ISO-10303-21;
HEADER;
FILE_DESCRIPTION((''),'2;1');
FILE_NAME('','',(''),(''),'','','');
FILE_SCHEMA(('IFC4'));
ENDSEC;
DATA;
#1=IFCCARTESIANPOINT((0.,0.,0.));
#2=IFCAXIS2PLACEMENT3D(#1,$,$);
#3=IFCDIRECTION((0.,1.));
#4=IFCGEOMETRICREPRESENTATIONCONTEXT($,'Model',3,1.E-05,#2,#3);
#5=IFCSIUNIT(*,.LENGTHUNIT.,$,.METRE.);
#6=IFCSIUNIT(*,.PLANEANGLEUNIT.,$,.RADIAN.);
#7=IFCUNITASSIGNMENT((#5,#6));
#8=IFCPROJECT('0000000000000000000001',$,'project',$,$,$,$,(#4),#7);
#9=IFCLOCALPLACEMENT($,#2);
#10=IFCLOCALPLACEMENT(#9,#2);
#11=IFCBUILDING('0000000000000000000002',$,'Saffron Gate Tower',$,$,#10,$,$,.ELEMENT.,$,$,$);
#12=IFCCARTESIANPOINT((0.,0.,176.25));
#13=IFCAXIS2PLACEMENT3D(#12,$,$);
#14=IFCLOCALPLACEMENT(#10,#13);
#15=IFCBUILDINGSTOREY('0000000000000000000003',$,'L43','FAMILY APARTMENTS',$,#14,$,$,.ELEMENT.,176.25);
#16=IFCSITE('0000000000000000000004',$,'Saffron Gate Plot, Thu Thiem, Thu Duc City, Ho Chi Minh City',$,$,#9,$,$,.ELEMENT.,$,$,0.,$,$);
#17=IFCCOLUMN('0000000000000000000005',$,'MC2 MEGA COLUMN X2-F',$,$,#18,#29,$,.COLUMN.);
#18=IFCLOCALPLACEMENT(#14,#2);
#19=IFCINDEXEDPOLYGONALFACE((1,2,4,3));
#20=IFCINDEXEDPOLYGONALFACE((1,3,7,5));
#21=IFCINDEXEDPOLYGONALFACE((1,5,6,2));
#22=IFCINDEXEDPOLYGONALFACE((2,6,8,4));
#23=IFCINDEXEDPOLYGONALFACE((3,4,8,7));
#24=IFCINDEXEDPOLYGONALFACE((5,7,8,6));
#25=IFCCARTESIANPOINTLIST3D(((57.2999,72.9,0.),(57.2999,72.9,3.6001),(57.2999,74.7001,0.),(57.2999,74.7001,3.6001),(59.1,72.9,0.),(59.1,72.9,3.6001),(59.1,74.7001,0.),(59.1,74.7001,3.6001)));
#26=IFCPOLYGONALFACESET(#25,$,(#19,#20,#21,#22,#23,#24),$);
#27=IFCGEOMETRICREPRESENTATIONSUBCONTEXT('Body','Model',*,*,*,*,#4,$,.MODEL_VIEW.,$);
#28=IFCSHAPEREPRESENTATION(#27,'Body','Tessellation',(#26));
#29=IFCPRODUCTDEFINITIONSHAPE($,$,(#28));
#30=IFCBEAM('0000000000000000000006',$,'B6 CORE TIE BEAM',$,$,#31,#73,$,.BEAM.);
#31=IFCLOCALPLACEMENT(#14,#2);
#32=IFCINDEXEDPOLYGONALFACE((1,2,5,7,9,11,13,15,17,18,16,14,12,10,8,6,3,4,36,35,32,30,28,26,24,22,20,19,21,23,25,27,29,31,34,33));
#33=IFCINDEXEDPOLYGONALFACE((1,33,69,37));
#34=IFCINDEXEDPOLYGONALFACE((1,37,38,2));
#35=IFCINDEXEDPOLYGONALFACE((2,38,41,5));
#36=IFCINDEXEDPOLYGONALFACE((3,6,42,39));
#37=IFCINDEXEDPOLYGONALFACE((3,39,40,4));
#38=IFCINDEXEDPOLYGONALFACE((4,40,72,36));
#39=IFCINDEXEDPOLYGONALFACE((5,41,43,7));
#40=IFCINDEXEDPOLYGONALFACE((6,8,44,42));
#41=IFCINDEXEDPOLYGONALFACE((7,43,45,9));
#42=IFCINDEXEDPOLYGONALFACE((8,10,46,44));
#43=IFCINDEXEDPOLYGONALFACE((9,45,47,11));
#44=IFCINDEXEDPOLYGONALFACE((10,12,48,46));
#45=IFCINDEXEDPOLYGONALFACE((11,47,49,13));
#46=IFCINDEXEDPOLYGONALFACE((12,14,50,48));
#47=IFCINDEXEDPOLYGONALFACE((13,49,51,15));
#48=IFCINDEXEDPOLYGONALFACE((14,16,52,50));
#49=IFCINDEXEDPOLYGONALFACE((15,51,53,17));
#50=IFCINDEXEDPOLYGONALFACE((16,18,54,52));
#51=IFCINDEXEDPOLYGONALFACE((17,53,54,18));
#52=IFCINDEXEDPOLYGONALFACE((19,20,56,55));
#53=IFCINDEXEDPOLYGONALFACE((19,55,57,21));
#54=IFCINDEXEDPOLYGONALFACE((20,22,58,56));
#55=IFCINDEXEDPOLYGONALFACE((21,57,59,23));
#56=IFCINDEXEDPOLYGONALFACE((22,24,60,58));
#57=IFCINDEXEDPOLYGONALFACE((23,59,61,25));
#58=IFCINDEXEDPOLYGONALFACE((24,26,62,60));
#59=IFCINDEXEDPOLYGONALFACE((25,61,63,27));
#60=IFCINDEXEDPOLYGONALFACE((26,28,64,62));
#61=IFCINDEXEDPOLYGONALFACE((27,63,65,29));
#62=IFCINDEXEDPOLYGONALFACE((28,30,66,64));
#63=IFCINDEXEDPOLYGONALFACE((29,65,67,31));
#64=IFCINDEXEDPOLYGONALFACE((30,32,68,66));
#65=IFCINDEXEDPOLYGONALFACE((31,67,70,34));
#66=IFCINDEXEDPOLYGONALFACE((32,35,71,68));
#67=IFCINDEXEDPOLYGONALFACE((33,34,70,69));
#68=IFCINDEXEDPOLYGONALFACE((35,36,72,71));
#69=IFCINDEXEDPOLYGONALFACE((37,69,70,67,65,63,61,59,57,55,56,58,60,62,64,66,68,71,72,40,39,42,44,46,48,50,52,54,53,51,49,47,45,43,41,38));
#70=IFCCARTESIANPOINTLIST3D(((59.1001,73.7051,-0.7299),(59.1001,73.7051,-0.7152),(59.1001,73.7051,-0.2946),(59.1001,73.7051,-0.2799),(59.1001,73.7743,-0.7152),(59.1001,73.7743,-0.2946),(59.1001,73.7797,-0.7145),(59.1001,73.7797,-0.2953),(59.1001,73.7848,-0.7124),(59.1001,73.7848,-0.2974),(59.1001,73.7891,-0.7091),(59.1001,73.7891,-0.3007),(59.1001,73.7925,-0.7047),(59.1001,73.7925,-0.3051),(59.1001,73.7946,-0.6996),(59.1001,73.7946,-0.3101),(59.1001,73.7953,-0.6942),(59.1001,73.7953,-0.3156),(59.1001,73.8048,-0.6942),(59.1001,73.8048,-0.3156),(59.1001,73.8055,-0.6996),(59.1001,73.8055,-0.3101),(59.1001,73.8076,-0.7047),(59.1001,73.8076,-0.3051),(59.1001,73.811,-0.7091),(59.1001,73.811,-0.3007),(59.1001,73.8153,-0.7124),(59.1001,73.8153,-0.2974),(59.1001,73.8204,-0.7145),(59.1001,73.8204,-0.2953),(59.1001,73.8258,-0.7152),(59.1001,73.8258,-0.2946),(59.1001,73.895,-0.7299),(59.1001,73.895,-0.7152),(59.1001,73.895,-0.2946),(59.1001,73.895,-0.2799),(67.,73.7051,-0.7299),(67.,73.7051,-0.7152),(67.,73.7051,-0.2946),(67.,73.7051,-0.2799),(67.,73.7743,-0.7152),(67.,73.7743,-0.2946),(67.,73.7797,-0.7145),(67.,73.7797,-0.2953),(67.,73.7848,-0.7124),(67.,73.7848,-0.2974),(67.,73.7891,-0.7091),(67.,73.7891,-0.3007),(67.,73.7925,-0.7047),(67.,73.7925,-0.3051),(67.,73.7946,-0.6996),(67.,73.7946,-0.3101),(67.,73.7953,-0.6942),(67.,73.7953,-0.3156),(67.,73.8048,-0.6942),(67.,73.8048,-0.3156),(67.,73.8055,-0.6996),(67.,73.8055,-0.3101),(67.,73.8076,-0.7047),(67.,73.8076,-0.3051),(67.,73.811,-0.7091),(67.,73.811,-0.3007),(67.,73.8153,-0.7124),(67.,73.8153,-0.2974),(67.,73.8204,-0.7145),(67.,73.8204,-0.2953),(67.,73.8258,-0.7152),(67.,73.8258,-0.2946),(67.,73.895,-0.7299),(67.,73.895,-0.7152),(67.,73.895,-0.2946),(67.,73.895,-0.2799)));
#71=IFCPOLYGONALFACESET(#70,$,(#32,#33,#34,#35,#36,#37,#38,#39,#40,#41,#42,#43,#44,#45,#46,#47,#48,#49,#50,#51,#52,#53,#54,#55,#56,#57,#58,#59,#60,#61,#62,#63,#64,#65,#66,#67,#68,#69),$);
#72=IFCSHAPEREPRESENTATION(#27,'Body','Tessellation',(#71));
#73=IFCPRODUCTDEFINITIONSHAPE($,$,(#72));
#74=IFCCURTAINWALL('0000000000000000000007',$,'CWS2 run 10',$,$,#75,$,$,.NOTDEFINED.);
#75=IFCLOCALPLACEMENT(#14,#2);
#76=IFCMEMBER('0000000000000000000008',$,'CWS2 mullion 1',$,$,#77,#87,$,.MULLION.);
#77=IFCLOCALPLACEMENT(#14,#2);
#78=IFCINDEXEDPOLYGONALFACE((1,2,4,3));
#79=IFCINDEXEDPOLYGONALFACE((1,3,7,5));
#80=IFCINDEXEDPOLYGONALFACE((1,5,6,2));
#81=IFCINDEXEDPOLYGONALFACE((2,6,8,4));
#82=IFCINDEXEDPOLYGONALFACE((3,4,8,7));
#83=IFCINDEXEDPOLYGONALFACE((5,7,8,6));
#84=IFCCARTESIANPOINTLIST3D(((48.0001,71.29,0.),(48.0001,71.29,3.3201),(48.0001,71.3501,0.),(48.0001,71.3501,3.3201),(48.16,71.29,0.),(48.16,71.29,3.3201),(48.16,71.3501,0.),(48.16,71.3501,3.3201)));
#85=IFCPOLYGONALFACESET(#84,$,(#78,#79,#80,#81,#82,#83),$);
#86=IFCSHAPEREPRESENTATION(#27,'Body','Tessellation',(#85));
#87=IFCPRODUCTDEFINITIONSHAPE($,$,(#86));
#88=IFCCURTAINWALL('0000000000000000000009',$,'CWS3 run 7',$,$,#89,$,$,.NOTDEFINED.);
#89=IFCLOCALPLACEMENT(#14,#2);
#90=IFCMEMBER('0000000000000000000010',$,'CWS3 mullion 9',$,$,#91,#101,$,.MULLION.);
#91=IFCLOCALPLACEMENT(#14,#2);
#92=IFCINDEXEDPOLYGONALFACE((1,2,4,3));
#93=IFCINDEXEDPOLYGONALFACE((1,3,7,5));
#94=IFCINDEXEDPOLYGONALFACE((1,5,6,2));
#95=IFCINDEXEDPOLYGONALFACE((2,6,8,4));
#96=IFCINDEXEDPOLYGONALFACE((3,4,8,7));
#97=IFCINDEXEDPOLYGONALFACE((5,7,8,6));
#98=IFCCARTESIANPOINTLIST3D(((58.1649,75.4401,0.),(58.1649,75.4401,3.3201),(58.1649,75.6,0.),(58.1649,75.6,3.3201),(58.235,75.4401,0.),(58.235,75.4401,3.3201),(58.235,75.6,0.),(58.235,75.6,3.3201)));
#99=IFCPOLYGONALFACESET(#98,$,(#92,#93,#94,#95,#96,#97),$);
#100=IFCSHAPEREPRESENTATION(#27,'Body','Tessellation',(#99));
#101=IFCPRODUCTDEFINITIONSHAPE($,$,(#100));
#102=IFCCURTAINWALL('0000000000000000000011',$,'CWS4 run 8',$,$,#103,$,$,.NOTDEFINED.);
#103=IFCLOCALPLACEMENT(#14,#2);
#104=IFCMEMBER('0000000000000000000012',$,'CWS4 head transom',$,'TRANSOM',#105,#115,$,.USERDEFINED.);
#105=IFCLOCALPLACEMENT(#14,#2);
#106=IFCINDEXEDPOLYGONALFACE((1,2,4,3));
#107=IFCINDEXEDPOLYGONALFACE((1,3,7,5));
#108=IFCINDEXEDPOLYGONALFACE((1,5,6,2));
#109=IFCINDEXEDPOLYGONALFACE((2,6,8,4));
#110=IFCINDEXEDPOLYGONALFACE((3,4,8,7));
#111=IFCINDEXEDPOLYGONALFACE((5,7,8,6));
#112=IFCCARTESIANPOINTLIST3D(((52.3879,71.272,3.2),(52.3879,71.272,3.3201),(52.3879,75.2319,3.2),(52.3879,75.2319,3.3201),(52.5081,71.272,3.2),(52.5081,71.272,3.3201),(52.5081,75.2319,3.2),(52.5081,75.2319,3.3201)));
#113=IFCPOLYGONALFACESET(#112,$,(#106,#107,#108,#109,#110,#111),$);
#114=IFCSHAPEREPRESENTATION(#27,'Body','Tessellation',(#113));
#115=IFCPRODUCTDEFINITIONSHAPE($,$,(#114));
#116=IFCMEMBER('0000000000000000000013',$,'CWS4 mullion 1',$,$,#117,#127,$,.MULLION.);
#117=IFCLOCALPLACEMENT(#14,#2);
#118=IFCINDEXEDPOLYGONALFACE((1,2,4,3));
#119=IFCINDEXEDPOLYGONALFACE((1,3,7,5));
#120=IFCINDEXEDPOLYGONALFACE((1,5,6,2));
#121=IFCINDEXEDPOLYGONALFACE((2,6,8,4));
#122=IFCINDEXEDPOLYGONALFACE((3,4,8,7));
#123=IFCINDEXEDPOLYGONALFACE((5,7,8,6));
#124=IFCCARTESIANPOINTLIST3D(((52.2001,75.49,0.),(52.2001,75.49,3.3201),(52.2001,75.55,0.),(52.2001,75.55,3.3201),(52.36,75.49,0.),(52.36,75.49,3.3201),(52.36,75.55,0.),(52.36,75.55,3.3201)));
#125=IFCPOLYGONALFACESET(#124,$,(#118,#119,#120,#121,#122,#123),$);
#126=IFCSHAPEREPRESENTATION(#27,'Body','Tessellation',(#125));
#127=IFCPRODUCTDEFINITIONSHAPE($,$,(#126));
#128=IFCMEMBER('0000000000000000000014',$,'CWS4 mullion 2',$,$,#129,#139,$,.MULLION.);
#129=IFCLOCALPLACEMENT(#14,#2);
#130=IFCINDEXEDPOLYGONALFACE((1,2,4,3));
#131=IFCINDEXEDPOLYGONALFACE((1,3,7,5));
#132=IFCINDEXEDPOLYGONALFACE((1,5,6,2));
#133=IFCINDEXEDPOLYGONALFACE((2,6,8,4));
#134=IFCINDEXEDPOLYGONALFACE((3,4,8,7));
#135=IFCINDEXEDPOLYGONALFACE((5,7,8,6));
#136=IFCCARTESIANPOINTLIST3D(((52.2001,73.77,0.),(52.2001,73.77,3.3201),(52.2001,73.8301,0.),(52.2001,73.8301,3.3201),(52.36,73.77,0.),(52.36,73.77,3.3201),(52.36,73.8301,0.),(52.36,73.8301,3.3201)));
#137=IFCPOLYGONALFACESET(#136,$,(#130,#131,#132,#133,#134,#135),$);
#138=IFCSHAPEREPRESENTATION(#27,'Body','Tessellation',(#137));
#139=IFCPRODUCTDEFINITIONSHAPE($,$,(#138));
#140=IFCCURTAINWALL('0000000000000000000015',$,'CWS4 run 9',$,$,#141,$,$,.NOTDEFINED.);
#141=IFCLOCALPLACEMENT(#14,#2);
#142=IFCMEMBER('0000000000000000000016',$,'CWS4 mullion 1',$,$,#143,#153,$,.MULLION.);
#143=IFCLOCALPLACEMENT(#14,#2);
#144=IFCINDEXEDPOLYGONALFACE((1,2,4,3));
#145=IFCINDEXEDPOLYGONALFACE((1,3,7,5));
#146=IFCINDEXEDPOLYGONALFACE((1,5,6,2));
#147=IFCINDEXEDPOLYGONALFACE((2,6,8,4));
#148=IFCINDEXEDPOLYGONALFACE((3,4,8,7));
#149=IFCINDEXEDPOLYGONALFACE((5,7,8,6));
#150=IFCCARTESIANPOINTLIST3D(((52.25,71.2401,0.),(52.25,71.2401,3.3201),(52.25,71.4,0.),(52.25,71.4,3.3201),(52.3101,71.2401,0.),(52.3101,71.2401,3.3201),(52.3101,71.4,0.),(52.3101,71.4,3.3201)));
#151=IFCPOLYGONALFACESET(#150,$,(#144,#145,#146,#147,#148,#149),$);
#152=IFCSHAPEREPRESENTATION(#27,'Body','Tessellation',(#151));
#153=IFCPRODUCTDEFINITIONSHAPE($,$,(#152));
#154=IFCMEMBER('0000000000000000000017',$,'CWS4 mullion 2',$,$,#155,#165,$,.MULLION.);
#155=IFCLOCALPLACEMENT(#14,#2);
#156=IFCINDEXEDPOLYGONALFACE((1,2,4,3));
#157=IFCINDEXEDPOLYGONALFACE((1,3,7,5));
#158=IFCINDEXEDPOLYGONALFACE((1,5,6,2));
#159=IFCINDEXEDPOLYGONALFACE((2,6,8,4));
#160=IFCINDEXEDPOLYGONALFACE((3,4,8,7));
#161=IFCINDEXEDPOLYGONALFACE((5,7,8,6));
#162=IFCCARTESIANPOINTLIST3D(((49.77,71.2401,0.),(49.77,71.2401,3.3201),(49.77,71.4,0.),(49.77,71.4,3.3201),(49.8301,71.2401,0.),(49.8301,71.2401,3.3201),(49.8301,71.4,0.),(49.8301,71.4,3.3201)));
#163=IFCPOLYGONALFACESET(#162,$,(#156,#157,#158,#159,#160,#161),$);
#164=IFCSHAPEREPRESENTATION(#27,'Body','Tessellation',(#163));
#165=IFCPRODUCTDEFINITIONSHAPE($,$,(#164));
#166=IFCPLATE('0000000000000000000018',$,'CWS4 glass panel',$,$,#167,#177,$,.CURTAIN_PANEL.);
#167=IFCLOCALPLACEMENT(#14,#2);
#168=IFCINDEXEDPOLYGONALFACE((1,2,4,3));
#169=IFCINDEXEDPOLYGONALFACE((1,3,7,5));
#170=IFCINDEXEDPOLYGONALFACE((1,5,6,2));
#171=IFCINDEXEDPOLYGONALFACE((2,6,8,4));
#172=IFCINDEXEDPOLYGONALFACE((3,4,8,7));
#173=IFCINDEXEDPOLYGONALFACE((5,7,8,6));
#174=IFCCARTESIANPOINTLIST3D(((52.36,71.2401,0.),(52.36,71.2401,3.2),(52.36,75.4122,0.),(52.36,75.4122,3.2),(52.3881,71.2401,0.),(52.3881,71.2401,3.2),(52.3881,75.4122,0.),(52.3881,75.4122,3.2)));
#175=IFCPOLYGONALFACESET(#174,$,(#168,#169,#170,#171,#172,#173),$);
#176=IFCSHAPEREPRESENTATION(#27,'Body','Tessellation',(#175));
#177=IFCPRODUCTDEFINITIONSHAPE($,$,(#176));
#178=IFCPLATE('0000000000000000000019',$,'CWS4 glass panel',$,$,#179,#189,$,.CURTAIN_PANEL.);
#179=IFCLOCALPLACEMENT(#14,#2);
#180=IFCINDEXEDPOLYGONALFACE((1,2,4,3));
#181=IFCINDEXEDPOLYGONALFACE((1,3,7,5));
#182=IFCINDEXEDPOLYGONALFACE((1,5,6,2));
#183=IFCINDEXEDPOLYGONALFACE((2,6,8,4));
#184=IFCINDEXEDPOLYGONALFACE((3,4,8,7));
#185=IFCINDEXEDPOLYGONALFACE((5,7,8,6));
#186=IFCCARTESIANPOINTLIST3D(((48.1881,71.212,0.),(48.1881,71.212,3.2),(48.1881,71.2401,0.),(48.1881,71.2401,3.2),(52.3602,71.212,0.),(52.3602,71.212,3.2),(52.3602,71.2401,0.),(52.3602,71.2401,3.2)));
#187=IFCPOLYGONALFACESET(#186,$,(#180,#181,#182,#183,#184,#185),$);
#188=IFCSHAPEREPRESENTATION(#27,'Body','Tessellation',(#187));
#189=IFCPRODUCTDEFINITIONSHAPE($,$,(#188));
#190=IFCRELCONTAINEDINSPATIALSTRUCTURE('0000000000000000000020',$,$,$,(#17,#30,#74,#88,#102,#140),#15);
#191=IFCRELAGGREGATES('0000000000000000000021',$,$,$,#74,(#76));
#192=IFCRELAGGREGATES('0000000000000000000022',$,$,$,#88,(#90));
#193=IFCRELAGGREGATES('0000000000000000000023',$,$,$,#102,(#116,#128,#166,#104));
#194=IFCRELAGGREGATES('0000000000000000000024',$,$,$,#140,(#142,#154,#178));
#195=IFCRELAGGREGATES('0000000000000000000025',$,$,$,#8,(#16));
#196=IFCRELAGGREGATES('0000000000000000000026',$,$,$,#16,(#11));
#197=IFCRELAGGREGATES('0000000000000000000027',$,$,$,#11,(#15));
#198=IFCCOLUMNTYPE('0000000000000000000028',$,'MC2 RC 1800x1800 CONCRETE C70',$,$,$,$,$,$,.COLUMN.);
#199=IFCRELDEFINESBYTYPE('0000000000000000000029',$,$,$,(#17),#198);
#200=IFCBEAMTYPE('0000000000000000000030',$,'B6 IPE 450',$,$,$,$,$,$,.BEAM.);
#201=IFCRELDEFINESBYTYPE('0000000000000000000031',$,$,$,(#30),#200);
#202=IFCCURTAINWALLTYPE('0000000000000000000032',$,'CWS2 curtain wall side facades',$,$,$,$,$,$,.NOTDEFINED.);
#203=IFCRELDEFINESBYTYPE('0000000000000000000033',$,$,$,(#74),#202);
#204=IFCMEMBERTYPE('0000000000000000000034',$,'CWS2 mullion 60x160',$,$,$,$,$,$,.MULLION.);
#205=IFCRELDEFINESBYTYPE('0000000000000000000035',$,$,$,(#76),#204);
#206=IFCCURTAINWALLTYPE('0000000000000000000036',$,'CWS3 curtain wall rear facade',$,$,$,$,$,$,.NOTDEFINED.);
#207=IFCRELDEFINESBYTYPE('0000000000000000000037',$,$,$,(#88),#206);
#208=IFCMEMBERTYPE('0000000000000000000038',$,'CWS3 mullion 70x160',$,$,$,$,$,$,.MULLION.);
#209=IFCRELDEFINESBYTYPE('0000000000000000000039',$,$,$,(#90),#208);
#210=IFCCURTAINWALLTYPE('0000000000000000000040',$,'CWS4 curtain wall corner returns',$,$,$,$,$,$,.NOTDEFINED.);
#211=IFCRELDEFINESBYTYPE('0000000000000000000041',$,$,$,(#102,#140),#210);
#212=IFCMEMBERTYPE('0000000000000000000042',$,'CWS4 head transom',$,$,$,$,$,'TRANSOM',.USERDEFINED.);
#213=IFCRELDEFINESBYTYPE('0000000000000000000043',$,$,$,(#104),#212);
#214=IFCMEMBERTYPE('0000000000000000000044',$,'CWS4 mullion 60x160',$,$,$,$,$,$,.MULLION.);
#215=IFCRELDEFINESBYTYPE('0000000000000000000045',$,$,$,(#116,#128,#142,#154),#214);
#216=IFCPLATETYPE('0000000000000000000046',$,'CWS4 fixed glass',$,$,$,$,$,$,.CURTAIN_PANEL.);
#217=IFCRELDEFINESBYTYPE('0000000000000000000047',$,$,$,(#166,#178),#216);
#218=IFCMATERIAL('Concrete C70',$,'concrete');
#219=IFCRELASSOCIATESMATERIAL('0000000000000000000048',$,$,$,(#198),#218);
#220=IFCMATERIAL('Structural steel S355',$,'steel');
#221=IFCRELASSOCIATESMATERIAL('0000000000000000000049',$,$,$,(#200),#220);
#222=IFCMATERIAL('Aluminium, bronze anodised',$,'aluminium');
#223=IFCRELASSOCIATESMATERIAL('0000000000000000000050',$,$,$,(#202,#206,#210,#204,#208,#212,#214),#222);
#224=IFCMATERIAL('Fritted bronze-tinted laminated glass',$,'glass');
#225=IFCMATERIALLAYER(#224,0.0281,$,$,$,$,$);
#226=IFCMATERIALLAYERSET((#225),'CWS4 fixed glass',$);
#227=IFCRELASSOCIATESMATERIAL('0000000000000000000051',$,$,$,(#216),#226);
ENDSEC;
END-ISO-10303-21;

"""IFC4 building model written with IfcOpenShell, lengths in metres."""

from ifc_helpers import new_model, si_unit, direction, frame, frame_2d, origin, origin_2d, place, context, subcontext, project, spatial, rectangle, i_section, extrude, material, layer, layer_set, material_profile, profile_set, type_object, element, aggregate, save


model = new_model("IFC4")

# Units and contexts
model_context = context("Model", 3, precision=1e-05, world=origin(), true_north=direction((0.0, 1.0)))
body_context = subcontext(model_context, "Body", "Model", "MODEL_VIEW")
ifc_project = project(units=[si_unit("LENGTHUNIT", "METRE"), si_unit("PLANEANGLEUNIT", "RADIAN")], contexts=[model_context])

# Site, building, storey
site_placement = place(None, origin())
site = spatial("IfcSite", under=ifc_project, at=site_placement, Name="Saffron Gate Plot, Thu Thiem, Thu Duc City, Ho Chi Minh City", CompositionType="ELEMENT", RefElevation=0.0)
building_placement = place(site_placement, origin())
building = spatial("IfcBuilding", under=site, at=building_placement, Name="Saffron Gate Tower", CompositionType="ELEMENT")
storey_placement = place(building_placement, frame((0.0, 0.0, 176.25)))
storey = spatial("IfcBuildingStorey", under=building, at=storey_placement, Name="L43", Description="FAMILY APARTMENTS", CompositionType="ELEMENT", Elevation=176.25)

# Column
ifc_material_1 = material(Name="Concrete C70", Category="concrete")
ifc_material_profile_1 = material_profile(ifc_material_1, rectangle(XDim=1.8, YDim=1.8, at=origin_2d()))
ifc_profile_set_1 = profile_set([ifc_material_profile_1], Name="Concrete C70")
column_type = type_object("IfcColumnType", Name="MC2 RC 1800x1800 CONCRETE C70", PredefinedType="COLUMN", material=ifc_profile_set_1)
column_placement = place(storey_placement, frame((58.2, 73.8, 0.0), z_axis=(0.0, 0.0, 1.0), x_axis=(1.0, 0.0, 0.0)))
element("IfcColumn", 1, at=column_placement, inside=storey, type_object=column_type, Name="MC2 MEGA COLUMN X2-F", PredefinedType="COLUMN", context=body_context, shape_type="SweptSolid", body=[
    extrude(rectangle(XDim=1.8, YDim=1.8, at=origin_2d()), origin(), (0.0, 0.0, 1.0), 3.6001),
])

# Beam
ifc_material_2 = material(Name="Structural steel S355", Category="steel")
ifc_material_profile_2 = material_profile(ifc_material_2, i_section(OverallWidth=0.1899, OverallDepth=0.45, WebThickness=0.0095, FlangeThickness=0.0146, FilletRadius=0.021, at=origin_2d()))
ifc_profile_set_2 = profile_set([ifc_material_profile_2], Name="Structural steel S355")
beam_type = type_object("IfcBeamType", Name="B6 IPE 450", PredefinedType="BEAM", material=ifc_profile_set_2)
beam_placement = place(storey_placement, frame((59.1001, 73.8, -0.5049), z_axis=(1.0, 0.0, 0.0), x_axis=(0.0, 1.0, 0.0)))
element("IfcBeam", 2, at=beam_placement, inside=storey, type_object=beam_type, Name="B6 CORE TIE BEAM", PredefinedType="BEAM", context=body_context, shape_type="SweptSolid", body=[
    extrude(i_section(OverallWidth=0.1899, OverallDepth=0.45, WebThickness=0.0095, FlangeThickness=0.0146, FilletRadius=0.021, at=origin_2d()), origin(), (0.0, 0.0, 1.0), 7.8999),
])

# Curtain walls, members
ifc_material_3 = material(Name="Aluminium, bronze anodised", Category="aluminium")
curtain_wall_type_1 = type_object("IfcCurtainWallType", Name="CWS2 curtain wall side facades", PredefinedType="NOTDEFINED", material=ifc_material_3)
curtain_wall_1_placement = place(storey_placement, origin())
curtain_wall_1 = element("IfcCurtainWall", 3, at=curtain_wall_1_placement, inside=storey, type_object=curtain_wall_type_1, Name="CWS2 run 10", PredefinedType="NOTDEFINED")
ifc_material_profile_3 = material_profile(ifc_material_3, rectangle(XDim=0.1599, YDim=0.0601, at=origin_2d()))
ifc_profile_set_3 = profile_set([ifc_material_profile_3], Name="Aluminium, bronze anodised")
member_type_1 = type_object("IfcMemberType", Name="CWS2 mullion 60x160", PredefinedType="MULLION", material=ifc_profile_set_3)
member_1_placement = place(storey_placement, frame((48.0801, 71.3201, 0.0), z_axis=(0.0, 0.0, 1.0), x_axis=(1.0, 0.0, 0.0)))
member_1 = element("IfcMember", 4, at=member_1_placement, type_object=member_type_1, Name="CWS2 mullion 1", PredefinedType="MULLION", context=body_context, shape_type="SweptSolid", body=[
    extrude(rectangle(XDim=0.1599, YDim=0.0601, at=origin_2d()), origin(), (0.0, 0.0, 1.0), 3.3201),
])
aggregate(curtain_wall_1, [member_1])
curtain_wall_type_2 = type_object("IfcCurtainWallType", Name="CWS3 curtain wall rear facade", PredefinedType="NOTDEFINED", material=ifc_material_3)
curtain_wall_2_placement = place(storey_placement, origin())
curtain_wall_2 = element("IfcCurtainWall", 5, at=curtain_wall_2_placement, inside=storey, type_object=curtain_wall_type_2, Name="CWS3 run 7", PredefinedType="NOTDEFINED")
ifc_material_profile_4 = material_profile(ifc_material_3, rectangle(XDim=0.1599, YDim=0.0701, at=origin_2d()))
ifc_profile_set_4 = profile_set([ifc_material_profile_4], Name="Aluminium, bronze anodised")
member_type_2 = type_object("IfcMemberType", Name="CWS3 mullion 70x160", PredefinedType="MULLION", material=ifc_profile_set_4)
member_2_placement = place(storey_placement, frame((58.2, 75.52, 0.0), z_axis=(0.0, 0.0, 1.0), x_axis=(0.0, -1.0, 0.0)))
member_2 = element("IfcMember", 6, at=member_2_placement, type_object=member_type_2, Name="CWS3 mullion 9", PredefinedType="MULLION", context=body_context, shape_type="SweptSolid", body=[
    extrude(rectangle(XDim=0.1599, YDim=0.0701, at=origin_2d()), origin(), (0.0, 0.0, 1.0), 3.3201),
])
aggregate(curtain_wall_2, [member_2])

# Curtain walls, members
curtain_wall_type_3 = type_object("IfcCurtainWallType", Name="CWS4 curtain wall corner returns", PredefinedType="NOTDEFINED", material=ifc_material_3)
curtain_wall_3_placement = place(storey_placement, origin())
curtain_wall_3 = element("IfcCurtainWall", 7, at=curtain_wall_3_placement, inside=storey, type_object=curtain_wall_type_3, Name="CWS4 run 8", PredefinedType="NOTDEFINED")
ifc_material_profile_5 = material_profile(ifc_material_3, rectangle(XDim=0.1201, YDim=0.1201, at=origin_2d()))
ifc_profile_set_5 = profile_set([ifc_material_profile_5], Name="Aluminium, bronze anodised")
member_type_3 = type_object("IfcMemberType", Name="CWS4 head transom", ElementType="TRANSOM", PredefinedType="USERDEFINED", material=ifc_profile_set_5)
member_3_placement = place(storey_placement, frame((52.448, 75.2319, 3.26), z_axis=(0.0, -1.0, 0.0), x_axis=(1.0, 0.0, 0.0)))
member_3 = element("IfcMember", 8, at=member_3_placement, type_object=member_type_3, Name="CWS4 head transom", ObjectType="TRANSOM", PredefinedType="USERDEFINED", context=body_context, shape_type="SweptSolid", body=[
    extrude(rectangle(XDim=0.1201, YDim=0.1201, at=origin_2d()), origin(), (0.0, 0.0, 1.0), 3.96),
])
ifc_material_profile_6 = material_profile(ifc_material_3, rectangle(XDim=0.1599, YDim=0.0601, at=origin_2d()))
ifc_profile_set_6 = profile_set([ifc_material_profile_6], Name="Aluminium, bronze anodised")
member_type_4 = type_object("IfcMemberType", Name="CWS4 mullion 60x160", PredefinedType="MULLION", material=ifc_profile_set_6)
member_4_placement = place(storey_placement, frame((52.28, 75.52, 0.0), z_axis=(0.0, 0.0, 1.0), x_axis=(1.0, 0.0, 0.0)))
member_4 = element("IfcMember", 9, at=member_4_placement, type_object=member_type_4, Name="CWS4 mullion 1", PredefinedType="MULLION", context=body_context, shape_type="SweptSolid", body=[
    extrude(rectangle(XDim=0.1599, YDim=0.0601, at=origin_2d()), origin(), (0.0, 0.0, 1.0), 3.3201),
])
member_5_placement = place(storey_placement, frame((52.28, 73.8, 0.0), z_axis=(0.0, 0.0, 1.0), x_axis=(1.0, 0.0, 0.0)))
member_5 = element("IfcMember", 10, at=member_5_placement, type_object=member_type_4, Name="CWS4 mullion 2", PredefinedType="MULLION", context=body_context, shape_type="SweptSolid", body=[
    extrude(rectangle(XDim=0.1599, YDim=0.0601, at=origin_2d()), origin(), (0.0, 0.0, 1.0), 3.3201),
])
curtain_wall_4_placement = place(storey_placement, origin())
curtain_wall_4 = element("IfcCurtainWall", 11, at=curtain_wall_4_placement, inside=storey, type_object=curtain_wall_type_3, Name="CWS4 run 9", PredefinedType="NOTDEFINED")
member_6_placement = place(storey_placement, frame((52.28, 71.3201, 0.0), z_axis=(0.0, 0.0, 1.0), x_axis=(0.0, -1.0, 0.0)))
member_6 = element("IfcMember", 12, at=member_6_placement, type_object=member_type_4, Name="CWS4 mullion 1", PredefinedType="MULLION", context=body_context, shape_type="SweptSolid", body=[
    extrude(rectangle(XDim=0.1599, YDim=0.0601, at=origin_2d()), origin(), (0.0, 0.0, 1.0), 3.3201),
])
member_7_placement = place(storey_placement, frame((49.8, 71.3201, 0.0), z_axis=(0.0, 0.0, 1.0), x_axis=(0.0, -1.0, 0.0)))
member_7 = element("IfcMember", 13, at=member_7_placement, type_object=member_type_4, Name="CWS4 mullion 2", PredefinedType="MULLION", context=body_context, shape_type="SweptSolid", body=[
    extrude(rectangle(XDim=0.1599, YDim=0.0601, at=origin_2d()), origin(), (0.0, 0.0, 1.0), 3.3201),
])

# Plates
ifc_material_4 = material(Name="Fritted bronze-tinted laminated glass", Category="glass")
ifc_layer_1 = layer(ifc_material_4, 0.0281)
ifc_layer_set_1 = layer_set([ifc_layer_1], Name="CWS4 fixed glass")
plate_type = type_object("IfcPlateType", Name="CWS4 fixed glass", PredefinedType="CURTAIN_PANEL", material=ifc_layer_set_1)
plate_1_placement = place(storey_placement, frame((52.374, 75.4121, 0.0), z_axis=(0.0, 0.0, 1.0), x_axis=(0.0, -1.0, 0.0)))
plate_1 = element("IfcPlate", 14, at=plate_1_placement, type_object=plate_type, Name="CWS4 glass panel", PredefinedType="CURTAIN_PANEL", context=body_context, shape_type="SweptSolid", body=[
    extrude(rectangle(XDim=4.1721, YDim=0.0281, at=frame_2d((2.0859, 0.0))), origin(), (0.0, 0.0, 1.0), 3.2),
])
aggregate(curtain_wall_3, [member_4, member_5, plate_1, member_3])
plate_2_placement = place(storey_placement, frame((52.3601, 71.2261, 0.0), z_axis=(0.0, 0.0, 1.0), x_axis=(-1.0, 0.0, 0.0)))
plate_2 = element("IfcPlate", 15, at=plate_2_placement, type_object=plate_type, Name="CWS4 glass panel", PredefinedType="CURTAIN_PANEL", context=body_context, shape_type="SweptSolid", body=[
    extrude(rectangle(XDim=4.1721, YDim=0.0281, at=frame_2d((2.0859, 0.0))), origin(), (0.0, 0.0, 1.0), 3.2),
])
aggregate(curtain_wall_4, [member_6, member_7, plate_2])

save(model, "model.ifc")
